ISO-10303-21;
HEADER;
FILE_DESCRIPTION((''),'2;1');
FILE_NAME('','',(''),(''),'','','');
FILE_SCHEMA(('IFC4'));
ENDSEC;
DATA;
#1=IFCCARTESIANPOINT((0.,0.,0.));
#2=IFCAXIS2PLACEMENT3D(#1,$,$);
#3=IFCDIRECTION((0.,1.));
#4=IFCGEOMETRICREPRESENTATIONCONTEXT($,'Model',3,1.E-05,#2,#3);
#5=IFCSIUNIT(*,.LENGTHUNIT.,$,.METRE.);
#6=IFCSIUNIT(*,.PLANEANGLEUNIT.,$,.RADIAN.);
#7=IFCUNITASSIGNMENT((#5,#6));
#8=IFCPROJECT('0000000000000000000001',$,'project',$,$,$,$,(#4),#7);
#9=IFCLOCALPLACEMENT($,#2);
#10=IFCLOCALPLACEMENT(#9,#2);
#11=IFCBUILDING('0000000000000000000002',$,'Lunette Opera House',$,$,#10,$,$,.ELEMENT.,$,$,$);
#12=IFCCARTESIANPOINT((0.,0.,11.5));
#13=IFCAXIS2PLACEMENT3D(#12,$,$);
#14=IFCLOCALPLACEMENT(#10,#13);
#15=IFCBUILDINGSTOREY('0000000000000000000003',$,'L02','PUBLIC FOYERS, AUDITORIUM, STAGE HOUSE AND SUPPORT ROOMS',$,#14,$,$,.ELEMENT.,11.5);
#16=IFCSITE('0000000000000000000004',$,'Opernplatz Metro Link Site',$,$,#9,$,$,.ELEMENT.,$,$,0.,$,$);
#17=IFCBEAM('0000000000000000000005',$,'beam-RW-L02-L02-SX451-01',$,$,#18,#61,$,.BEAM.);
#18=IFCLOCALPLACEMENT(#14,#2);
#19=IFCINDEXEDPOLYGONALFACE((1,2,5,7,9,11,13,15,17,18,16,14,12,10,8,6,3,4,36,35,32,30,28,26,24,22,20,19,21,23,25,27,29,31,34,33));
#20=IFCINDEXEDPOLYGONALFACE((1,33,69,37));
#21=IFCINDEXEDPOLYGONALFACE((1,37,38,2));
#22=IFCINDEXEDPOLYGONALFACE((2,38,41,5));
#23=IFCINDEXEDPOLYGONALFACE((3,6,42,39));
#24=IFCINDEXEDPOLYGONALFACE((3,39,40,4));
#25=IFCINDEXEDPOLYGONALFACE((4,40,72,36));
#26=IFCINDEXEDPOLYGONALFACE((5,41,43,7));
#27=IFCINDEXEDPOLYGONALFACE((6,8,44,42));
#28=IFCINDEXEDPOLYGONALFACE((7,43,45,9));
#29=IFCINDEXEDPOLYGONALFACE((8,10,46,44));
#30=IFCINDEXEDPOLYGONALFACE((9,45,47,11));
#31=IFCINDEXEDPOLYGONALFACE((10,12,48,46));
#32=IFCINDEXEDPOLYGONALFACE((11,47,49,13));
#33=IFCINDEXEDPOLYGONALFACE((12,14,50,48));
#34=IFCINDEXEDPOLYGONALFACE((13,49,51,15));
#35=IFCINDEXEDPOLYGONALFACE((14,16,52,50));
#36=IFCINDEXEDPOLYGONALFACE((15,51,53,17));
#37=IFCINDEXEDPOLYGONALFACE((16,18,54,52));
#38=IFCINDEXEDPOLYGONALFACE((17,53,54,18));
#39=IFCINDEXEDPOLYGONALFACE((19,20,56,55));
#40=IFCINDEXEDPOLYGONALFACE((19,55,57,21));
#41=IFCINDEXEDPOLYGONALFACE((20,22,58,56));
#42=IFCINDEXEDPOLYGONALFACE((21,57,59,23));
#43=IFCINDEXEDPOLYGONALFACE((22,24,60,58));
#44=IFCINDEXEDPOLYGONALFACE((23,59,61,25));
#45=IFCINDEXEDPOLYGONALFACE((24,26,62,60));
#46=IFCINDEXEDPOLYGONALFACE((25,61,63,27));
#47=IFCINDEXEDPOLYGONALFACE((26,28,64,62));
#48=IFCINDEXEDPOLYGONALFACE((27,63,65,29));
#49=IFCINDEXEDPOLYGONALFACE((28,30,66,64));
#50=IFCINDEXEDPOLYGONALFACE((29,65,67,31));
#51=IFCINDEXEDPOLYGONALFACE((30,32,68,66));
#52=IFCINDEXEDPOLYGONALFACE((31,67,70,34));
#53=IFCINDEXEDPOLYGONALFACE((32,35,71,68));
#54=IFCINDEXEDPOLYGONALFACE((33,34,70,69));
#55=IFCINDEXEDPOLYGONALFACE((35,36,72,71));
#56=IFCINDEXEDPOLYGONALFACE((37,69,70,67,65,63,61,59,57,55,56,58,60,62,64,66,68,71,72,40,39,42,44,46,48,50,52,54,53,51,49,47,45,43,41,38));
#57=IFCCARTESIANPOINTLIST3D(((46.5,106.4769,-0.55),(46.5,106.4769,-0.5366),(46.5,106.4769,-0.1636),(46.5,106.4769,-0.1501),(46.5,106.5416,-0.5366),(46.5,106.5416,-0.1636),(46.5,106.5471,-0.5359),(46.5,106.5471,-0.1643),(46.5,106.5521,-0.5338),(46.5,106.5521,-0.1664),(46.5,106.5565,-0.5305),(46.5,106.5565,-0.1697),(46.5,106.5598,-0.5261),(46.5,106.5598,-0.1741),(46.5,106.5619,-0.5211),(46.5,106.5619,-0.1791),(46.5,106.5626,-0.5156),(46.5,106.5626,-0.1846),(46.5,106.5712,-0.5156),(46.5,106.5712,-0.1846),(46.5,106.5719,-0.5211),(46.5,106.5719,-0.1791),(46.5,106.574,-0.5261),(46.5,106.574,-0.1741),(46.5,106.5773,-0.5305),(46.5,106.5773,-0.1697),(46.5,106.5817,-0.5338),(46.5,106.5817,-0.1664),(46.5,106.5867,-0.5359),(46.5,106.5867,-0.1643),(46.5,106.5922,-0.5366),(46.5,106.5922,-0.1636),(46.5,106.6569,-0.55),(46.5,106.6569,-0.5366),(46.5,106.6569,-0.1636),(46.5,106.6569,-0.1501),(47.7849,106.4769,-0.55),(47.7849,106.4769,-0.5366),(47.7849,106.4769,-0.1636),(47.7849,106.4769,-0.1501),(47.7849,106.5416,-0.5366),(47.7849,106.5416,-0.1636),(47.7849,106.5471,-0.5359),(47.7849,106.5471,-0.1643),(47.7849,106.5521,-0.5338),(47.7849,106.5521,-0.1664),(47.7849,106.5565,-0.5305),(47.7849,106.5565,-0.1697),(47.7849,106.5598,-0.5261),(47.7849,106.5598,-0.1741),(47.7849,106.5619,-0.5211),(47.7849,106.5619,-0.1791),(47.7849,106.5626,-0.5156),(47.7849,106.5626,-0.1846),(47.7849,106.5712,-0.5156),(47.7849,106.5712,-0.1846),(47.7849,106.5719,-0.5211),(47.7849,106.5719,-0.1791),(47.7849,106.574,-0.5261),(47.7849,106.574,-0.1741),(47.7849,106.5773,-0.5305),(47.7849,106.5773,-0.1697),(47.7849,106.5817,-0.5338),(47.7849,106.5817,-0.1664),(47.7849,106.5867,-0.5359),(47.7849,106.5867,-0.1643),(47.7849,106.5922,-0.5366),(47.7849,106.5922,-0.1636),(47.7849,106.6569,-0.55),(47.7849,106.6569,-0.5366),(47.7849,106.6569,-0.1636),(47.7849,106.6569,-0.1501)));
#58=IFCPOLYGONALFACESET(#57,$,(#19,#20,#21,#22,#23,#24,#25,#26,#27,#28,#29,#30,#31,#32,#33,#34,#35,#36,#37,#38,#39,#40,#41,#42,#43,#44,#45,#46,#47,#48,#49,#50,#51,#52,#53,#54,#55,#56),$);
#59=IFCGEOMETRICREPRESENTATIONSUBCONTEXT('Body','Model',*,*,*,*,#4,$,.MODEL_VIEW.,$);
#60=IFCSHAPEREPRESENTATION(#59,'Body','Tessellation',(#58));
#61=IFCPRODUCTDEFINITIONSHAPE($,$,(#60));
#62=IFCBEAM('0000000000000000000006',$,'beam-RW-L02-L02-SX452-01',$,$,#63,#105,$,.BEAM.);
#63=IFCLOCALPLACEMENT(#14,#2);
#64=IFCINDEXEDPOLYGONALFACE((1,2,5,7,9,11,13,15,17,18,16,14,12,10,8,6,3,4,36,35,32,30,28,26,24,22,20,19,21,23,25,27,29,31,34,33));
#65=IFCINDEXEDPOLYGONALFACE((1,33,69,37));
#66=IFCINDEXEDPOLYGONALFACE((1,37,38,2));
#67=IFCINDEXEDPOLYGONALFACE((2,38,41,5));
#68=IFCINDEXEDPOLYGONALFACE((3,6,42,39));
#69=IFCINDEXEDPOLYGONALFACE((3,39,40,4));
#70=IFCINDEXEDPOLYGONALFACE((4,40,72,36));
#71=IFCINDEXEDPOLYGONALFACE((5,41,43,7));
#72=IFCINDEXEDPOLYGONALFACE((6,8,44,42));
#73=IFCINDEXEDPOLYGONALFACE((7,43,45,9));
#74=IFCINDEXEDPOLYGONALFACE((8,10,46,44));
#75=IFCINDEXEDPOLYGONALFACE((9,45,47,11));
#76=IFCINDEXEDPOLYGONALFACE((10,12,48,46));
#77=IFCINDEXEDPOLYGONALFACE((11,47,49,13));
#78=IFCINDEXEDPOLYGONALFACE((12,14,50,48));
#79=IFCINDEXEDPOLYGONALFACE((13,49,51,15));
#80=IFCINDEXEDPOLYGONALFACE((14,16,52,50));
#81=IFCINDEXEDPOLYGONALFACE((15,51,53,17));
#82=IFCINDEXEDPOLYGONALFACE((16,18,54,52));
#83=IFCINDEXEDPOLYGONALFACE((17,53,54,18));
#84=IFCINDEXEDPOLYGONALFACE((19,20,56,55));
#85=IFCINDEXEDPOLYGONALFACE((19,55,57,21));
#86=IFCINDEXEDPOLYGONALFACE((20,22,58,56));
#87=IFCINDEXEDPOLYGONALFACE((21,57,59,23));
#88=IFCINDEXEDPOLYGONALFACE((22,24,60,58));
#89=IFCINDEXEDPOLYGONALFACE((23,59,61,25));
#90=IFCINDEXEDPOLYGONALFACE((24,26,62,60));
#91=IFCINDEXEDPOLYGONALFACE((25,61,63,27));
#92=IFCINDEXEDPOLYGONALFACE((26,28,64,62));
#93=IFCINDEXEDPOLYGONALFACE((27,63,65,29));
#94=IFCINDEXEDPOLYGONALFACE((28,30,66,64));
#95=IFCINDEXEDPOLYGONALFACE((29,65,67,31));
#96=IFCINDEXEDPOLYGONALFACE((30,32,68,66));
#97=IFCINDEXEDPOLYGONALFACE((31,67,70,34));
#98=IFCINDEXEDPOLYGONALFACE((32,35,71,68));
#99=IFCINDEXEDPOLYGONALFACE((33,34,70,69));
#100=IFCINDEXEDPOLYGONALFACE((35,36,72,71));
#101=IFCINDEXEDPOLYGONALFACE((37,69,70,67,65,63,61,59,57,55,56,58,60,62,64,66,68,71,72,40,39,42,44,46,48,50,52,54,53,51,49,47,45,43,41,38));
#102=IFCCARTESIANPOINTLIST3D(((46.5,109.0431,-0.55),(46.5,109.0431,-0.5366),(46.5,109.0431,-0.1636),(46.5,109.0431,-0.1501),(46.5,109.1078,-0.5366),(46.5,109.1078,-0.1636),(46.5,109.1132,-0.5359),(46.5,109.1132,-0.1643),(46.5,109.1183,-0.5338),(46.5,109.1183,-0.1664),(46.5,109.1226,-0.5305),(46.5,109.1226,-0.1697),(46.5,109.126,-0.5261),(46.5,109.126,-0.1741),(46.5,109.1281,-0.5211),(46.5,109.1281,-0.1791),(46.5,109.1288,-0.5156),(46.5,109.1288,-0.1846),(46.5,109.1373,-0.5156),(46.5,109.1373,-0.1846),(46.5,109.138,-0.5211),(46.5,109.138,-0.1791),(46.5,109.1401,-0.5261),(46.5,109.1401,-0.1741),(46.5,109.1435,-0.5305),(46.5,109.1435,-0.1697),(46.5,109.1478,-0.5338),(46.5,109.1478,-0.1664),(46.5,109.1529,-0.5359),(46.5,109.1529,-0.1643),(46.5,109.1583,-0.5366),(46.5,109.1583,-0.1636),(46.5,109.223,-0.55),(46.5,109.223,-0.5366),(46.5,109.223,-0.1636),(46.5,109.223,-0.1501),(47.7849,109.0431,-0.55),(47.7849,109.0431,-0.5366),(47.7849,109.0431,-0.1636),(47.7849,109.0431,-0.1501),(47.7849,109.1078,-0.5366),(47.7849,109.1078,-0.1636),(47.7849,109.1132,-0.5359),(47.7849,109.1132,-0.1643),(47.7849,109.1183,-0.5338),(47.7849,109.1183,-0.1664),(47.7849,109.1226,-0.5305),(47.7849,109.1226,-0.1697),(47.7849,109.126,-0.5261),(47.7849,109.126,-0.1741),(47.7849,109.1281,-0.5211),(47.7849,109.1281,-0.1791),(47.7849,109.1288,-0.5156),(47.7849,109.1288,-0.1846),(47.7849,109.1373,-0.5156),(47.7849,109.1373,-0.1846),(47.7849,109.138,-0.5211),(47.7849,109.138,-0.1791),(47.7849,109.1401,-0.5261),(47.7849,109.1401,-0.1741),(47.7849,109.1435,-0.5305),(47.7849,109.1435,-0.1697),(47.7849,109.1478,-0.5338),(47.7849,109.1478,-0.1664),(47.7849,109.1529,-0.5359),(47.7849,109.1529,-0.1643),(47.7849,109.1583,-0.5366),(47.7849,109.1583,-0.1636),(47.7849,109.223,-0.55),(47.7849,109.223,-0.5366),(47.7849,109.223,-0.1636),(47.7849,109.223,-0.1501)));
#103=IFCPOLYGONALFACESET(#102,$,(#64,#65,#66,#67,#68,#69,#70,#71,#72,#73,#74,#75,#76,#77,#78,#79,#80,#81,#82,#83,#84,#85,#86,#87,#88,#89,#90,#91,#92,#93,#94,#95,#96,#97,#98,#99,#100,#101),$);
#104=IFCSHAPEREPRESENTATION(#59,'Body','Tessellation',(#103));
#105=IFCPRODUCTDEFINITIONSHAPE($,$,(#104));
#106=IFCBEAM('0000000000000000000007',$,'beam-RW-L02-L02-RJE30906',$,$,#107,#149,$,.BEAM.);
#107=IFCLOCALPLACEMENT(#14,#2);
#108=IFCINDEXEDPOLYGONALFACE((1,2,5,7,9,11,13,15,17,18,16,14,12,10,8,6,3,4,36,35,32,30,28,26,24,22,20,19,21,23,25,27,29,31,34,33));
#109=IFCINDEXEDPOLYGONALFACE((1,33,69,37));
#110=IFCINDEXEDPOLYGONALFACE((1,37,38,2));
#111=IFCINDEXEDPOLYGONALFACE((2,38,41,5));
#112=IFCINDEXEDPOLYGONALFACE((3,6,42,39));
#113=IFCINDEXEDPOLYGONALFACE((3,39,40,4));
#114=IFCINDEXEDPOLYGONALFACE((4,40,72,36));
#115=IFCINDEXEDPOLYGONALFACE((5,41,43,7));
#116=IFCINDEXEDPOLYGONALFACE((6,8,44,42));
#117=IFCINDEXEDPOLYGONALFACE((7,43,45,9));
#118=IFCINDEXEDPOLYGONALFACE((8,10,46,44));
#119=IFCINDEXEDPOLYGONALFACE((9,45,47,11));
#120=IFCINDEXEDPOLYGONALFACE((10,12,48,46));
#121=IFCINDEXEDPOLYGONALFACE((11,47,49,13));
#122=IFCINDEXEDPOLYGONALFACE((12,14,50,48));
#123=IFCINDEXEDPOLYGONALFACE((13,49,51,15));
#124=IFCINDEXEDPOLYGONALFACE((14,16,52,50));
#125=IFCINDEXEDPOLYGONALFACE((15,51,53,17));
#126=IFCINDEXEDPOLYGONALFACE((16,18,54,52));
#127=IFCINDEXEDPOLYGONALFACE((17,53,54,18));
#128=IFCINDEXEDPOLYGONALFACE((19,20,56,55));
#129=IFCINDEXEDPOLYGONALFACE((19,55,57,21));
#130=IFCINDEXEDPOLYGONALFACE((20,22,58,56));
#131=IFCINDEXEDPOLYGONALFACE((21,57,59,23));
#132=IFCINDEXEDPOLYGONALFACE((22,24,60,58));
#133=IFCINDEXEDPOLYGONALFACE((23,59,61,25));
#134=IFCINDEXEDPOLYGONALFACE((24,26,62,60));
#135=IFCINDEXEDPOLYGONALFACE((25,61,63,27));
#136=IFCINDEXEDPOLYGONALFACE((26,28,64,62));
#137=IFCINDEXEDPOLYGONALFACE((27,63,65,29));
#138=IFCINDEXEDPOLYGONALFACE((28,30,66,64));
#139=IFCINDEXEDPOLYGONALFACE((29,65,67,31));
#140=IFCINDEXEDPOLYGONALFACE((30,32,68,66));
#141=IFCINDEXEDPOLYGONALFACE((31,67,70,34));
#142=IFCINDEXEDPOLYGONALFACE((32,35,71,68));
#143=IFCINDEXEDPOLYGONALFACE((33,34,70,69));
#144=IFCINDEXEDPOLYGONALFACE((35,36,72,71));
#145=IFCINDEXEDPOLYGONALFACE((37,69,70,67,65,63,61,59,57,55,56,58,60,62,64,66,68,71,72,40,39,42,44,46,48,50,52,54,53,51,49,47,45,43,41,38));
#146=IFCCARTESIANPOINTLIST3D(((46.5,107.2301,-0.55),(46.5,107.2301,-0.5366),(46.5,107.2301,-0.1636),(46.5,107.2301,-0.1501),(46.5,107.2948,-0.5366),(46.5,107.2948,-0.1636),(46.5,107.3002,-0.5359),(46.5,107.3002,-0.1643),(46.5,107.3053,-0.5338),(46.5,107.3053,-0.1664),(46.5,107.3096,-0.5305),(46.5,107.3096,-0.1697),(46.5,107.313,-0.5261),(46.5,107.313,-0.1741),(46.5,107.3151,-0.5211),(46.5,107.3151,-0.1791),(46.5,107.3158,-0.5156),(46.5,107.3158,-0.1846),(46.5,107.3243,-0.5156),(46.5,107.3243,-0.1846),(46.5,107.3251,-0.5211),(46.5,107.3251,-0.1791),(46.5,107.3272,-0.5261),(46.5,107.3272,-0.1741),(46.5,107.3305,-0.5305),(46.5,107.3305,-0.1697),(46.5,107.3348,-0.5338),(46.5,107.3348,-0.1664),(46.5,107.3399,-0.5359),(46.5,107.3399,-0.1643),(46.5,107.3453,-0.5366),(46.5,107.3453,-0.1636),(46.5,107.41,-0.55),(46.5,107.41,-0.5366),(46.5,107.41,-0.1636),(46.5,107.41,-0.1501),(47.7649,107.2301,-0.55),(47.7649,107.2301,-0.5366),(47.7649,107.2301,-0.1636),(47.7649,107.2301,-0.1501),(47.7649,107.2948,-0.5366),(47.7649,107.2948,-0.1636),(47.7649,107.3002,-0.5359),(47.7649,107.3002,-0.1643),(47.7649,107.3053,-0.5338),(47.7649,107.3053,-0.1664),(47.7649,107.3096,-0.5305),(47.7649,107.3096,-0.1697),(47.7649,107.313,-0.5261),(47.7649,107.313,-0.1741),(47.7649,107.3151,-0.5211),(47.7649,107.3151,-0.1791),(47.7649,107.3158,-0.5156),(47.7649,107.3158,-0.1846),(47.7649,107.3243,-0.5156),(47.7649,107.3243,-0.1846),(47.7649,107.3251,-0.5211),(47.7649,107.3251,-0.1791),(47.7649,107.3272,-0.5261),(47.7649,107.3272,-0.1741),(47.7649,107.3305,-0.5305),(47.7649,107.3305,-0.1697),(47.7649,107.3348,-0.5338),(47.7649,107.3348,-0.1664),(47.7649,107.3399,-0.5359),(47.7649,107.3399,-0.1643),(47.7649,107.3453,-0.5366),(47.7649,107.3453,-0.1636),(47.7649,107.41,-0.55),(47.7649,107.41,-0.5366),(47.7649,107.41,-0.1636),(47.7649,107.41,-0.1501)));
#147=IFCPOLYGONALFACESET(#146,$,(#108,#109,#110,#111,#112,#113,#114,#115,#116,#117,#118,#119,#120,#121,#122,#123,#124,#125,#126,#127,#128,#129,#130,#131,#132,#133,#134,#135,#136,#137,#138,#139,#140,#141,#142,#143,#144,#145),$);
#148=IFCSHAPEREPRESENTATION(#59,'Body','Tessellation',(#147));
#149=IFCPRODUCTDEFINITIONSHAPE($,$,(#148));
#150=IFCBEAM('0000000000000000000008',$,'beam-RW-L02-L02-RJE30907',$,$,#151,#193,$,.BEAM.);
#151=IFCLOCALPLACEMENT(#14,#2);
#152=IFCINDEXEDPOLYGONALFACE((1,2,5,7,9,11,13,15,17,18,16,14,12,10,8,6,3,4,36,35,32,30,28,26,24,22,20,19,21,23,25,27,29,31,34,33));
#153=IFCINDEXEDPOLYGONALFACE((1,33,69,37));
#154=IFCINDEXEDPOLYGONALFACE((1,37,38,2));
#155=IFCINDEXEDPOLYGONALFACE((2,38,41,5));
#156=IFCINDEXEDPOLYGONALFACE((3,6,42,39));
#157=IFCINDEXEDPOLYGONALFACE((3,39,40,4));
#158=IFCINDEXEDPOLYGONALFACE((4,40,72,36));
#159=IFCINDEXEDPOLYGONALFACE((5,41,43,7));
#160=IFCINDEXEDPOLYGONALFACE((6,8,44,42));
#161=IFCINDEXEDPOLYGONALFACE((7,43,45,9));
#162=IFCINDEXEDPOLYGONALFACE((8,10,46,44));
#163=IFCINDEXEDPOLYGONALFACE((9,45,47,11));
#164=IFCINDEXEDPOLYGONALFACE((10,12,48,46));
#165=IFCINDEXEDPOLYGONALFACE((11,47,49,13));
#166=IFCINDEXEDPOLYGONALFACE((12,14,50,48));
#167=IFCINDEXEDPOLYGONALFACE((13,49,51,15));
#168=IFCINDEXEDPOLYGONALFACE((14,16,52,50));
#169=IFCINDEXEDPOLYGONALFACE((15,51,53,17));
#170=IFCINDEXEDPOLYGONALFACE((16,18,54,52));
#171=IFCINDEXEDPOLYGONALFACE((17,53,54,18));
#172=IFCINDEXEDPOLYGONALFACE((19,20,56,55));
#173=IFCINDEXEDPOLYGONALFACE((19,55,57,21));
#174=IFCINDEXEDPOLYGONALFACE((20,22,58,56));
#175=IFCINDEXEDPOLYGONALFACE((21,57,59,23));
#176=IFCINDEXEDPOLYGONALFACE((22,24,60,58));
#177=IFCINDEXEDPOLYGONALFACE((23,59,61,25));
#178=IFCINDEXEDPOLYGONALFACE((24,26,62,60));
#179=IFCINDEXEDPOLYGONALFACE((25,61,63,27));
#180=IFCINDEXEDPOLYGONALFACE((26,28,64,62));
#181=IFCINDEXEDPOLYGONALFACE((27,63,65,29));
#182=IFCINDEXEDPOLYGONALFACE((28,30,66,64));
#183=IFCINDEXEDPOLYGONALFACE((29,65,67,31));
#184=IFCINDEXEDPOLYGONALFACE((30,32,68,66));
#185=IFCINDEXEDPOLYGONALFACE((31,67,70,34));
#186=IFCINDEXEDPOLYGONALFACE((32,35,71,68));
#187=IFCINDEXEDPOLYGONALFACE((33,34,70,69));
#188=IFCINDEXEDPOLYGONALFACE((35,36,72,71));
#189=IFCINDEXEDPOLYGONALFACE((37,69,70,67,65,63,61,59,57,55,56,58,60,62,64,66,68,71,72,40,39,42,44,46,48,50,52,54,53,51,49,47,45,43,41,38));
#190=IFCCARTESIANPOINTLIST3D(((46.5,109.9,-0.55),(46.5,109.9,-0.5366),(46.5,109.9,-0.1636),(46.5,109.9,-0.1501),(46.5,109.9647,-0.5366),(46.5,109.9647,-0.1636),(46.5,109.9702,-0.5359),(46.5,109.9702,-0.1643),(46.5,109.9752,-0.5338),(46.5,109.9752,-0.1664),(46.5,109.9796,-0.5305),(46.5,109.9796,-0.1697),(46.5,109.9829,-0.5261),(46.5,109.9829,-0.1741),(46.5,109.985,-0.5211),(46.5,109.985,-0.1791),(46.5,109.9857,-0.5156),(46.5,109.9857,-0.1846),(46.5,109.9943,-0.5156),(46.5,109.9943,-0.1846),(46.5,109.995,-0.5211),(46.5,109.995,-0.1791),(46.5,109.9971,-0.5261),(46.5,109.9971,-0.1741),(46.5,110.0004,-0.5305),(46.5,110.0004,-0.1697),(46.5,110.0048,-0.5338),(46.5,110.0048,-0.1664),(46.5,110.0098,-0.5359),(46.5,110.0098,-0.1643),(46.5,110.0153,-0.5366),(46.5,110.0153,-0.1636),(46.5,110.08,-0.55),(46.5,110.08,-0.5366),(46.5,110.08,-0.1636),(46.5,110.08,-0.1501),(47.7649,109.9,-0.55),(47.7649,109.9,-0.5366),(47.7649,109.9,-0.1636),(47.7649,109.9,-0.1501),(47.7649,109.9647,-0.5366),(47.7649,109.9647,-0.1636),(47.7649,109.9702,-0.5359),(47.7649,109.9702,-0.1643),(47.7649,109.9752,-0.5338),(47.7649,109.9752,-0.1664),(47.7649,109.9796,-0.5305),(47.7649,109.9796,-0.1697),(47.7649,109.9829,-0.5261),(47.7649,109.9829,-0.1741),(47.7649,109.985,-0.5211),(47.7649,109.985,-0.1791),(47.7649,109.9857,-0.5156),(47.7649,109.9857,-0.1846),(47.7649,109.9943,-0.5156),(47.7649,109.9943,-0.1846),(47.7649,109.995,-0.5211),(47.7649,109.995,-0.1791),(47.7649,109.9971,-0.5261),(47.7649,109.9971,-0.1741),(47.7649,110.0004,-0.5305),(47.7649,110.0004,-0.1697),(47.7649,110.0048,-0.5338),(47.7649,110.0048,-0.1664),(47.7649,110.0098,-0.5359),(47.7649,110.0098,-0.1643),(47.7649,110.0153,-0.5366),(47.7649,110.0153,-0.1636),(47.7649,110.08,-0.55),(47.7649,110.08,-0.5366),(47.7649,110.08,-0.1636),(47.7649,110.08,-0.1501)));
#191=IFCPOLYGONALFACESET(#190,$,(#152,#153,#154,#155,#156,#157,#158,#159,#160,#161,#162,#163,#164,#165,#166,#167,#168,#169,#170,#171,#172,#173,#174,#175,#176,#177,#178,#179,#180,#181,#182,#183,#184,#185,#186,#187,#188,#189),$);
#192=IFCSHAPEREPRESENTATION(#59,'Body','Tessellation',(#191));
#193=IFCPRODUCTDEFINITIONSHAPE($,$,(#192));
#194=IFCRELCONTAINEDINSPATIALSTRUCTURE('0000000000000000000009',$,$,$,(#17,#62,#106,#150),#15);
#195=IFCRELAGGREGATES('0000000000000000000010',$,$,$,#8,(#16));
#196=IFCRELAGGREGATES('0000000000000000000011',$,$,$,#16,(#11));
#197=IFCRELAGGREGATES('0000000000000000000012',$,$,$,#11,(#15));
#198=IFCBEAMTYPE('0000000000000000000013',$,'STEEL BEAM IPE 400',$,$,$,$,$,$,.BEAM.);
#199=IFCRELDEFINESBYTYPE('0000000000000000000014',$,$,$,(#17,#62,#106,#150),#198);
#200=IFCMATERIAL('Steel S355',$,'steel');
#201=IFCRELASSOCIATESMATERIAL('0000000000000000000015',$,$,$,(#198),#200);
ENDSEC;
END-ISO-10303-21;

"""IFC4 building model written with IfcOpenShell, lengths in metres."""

from ifc_helpers import new_model, si_unit, direction, frame, origin, origin_2d, place, context, subcontext, project, spatial, i_section, extrude, material, material_profile, profile_set, type_object, element, save


model = new_model("IFC4")

# Units and contexts
model_context = context("Model", 3, precision=1e-05, world=origin(), true_north=direction((0.0, 1.0)))
body_context = subcontext(model_context, "Body", "Model", "MODEL_VIEW")
ifc_project = project(units=[si_unit("LENGTHUNIT", "METRE"), si_unit("PLANEANGLEUNIT", "RADIAN")], contexts=[model_context])

# Site, building, storey
site_placement = place(None, origin())
site = spatial("IfcSite", under=ifc_project, at=site_placement, Name="Opernplatz Metro Link Site", CompositionType="ELEMENT", RefElevation=0.0)
building_placement = place(site_placement, origin())
building = spatial("IfcBuilding", under=site, at=building_placement, Name="Lunette Opera House", CompositionType="ELEMENT")
storey_placement = place(building_placement, frame((0.0, 0.0, 11.5)))
storey = spatial("IfcBuildingStorey", under=building, at=storey_placement, Name="L02", Description="PUBLIC FOYERS, AUDITORIUM, STAGE HOUSE AND SUPPORT ROOMS", CompositionType="ELEMENT", Elevation=11.5)

# Beams
ifc_material_1 = material(Name="Steel S355", Category="steel")
ifc_material_profile = material_profile(ifc_material_1, i_section(OverallWidth=0.1799, OverallDepth=0.3999, WebThickness=0.0085, FlangeThickness=0.0134, FilletRadius=0.021, at=origin_2d()), Name="IPE 400")
ifc_profile_set = profile_set([ifc_material_profile], Name="Steel S355")
beam_type = type_object("IfcBeamType", Name="STEEL BEAM IPE 400", PredefinedType="BEAM", material=ifc_profile_set)
for number, where, z_axis, x_axis, name in (
    (1, (46.5, 106.5669, -0.3501), (1.0, 0.0, 0.0), (0.0, 1.0, 0.0), "beam-RW-L02-L02-SX451-01"),
    (2, (46.5, 109.1331, -0.3501), (1.0, 0.0, 0.0), (0.0, 1.0, 0.0), "beam-RW-L02-L02-SX452-01"),
):
    element("IfcBeam", number, at=place(storey_placement, frame(where, z_axis=z_axis, x_axis=x_axis)), inside=storey, type_object=beam_type, Name=name, PredefinedType="BEAM", context=body_context, shape_type="SweptSolid", body=[
        extrude(i_section(OverallWidth=0.1799, OverallDepth=0.3999, WebThickness=0.0085, FlangeThickness=0.0134, FilletRadius=0.021, at=origin_2d()), origin(), (0.0, 0.0, 1.0), 1.2849),
    ])
for number, where, z_axis, x_axis, name in (
    (3, (46.5, 107.3201, -0.3501), (1.0, 0.0, 0.0), (0.0, 1.0, 0.0), "beam-RW-L02-L02-RJE30906"),
    (4, (46.5, 109.99, -0.3501), (1.0, 0.0, 0.0), (0.0, 1.0, 0.0), "beam-RW-L02-L02-RJE30907"),
):
    element("IfcBeam", number, at=place(storey_placement, frame(where, z_axis=z_axis, x_axis=x_axis)), inside=storey, type_object=beam_type, Name=name, PredefinedType="BEAM", context=body_context, shape_type="SweptSolid", body=[
        extrude(i_section(OverallWidth=0.1799, OverallDepth=0.3999, WebThickness=0.0085, FlangeThickness=0.0134, FilletRadius=0.021, at=origin_2d()), origin(), (0.0, 0.0, 1.0), 1.2649),
    ])

save(model, "model.ifc")
